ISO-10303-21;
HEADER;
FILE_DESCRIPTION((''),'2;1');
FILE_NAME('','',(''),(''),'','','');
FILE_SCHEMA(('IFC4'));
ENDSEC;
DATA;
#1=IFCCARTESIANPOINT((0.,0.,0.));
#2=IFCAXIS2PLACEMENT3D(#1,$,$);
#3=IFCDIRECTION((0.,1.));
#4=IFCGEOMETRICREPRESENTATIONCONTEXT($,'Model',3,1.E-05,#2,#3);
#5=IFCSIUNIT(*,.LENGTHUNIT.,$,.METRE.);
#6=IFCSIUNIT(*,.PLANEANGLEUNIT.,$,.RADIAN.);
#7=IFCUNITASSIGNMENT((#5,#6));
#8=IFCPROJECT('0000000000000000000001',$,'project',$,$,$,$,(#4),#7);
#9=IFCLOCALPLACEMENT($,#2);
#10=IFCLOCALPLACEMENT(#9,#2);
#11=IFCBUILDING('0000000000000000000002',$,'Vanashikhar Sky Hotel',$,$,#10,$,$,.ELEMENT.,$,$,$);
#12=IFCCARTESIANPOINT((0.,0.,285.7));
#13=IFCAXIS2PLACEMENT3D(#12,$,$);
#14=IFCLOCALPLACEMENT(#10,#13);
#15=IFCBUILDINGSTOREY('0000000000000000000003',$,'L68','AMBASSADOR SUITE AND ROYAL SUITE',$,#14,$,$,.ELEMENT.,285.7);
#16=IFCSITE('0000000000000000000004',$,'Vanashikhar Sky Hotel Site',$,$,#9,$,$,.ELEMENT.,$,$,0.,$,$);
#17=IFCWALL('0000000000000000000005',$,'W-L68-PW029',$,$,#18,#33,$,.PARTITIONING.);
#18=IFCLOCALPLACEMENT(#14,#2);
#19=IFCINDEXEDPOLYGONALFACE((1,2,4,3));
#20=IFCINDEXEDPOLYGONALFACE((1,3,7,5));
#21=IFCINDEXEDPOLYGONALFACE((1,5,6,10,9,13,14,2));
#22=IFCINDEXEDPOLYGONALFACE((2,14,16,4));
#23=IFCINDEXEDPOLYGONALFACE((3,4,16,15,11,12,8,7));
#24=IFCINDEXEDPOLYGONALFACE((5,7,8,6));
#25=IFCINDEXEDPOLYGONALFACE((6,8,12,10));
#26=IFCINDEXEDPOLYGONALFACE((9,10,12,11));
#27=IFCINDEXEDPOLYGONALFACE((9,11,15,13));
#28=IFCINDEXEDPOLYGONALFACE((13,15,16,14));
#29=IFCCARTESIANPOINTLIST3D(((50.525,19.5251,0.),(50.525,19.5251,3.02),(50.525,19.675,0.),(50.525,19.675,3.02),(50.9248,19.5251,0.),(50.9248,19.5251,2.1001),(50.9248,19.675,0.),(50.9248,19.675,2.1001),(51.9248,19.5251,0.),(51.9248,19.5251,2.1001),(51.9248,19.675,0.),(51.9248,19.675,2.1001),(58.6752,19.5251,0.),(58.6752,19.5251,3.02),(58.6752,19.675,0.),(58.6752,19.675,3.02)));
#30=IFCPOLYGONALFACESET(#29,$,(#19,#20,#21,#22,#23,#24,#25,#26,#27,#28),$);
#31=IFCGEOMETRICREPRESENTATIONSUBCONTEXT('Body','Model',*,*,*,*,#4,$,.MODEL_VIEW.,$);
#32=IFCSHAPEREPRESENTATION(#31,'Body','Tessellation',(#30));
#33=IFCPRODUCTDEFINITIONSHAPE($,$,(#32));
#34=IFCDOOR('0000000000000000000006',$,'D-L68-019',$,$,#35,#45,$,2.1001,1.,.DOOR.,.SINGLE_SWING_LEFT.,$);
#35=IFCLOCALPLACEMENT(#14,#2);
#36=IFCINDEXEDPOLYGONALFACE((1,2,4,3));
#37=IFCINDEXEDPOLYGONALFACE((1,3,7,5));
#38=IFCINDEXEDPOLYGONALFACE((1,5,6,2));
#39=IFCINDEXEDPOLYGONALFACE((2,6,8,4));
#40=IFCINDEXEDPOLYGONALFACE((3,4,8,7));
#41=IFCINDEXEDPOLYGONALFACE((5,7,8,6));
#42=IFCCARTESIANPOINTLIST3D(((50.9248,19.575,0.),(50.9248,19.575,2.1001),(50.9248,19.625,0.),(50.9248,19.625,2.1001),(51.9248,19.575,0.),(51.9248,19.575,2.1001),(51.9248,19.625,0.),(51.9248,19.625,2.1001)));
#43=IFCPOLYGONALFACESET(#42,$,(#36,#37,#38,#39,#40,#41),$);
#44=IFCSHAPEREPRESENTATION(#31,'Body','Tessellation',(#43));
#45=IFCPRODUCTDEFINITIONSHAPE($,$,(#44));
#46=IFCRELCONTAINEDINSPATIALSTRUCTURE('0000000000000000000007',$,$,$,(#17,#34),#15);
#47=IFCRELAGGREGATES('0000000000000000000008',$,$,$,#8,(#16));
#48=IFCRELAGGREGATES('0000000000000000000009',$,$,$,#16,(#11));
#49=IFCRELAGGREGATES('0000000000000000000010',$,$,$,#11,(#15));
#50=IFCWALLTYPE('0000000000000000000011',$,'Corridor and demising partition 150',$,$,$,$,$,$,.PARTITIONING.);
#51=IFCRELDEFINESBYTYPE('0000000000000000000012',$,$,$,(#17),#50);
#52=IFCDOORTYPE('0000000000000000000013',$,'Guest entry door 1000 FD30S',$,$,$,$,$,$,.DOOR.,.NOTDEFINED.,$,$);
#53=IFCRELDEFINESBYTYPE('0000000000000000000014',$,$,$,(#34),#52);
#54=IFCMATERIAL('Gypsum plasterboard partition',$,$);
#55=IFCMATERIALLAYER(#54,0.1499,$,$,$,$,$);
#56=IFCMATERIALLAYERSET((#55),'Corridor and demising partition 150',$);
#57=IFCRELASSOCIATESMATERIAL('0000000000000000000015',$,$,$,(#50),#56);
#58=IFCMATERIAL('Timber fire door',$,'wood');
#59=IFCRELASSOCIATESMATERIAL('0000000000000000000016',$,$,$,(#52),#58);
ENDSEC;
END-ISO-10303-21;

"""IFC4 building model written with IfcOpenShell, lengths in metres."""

from ifc_helpers import new_model, si_unit, direction, frame, frame_2d, origin, place, context, subcontext, project, spatial, rectangle, extrude, source, transform, mapped, material, layer, layer_set, type_object, element, fill, save


model = new_model("IFC4")

# Units and contexts
model_context = context("Model", 3, precision=1e-05, world=origin(), true_north=direction((0.0, 1.0)))
body_context = subcontext(model_context, "Body", "Model", "MODEL_VIEW")
ifc_project = project(units=[si_unit("LENGTHUNIT", "METRE"), si_unit("PLANEANGLEUNIT", "RADIAN")], contexts=[model_context])

# Site, building, storey
site_placement = place(None, origin())
site = spatial("IfcSite", under=ifc_project, at=site_placement, Name="Vanashikhar Sky Hotel Site", CompositionType="ELEMENT", RefElevation=0.0)
building_placement = place(site_placement, origin())
building = spatial("IfcBuilding", under=site, at=building_placement, Name="Vanashikhar Sky Hotel", CompositionType="ELEMENT")
storey_placement = place(building_placement, frame((0.0, 0.0, 285.7)))
storey = spatial("IfcBuildingStorey", under=building, at=storey_placement, Name="L68", Description="AMBASSADOR SUITE AND ROYAL SUITE", CompositionType="ELEMENT", Elevation=285.7)

# Shared definitions
ifc_material_1 = material(Name="Gypsum plasterboard partition")

# Wall, opening, door
ifc_layer_1 = layer(ifc_material_1, 0.1499)
ifc_layer_set_1 = layer_set([ifc_layer_1], Name="Corridor and demising partition 150")
wall_type_1 = type_object("IfcWallType", Name="Corridor and demising partition 150", PredefinedType="PARTITIONING", material=ifc_layer_set_1)
shared_shape_1 = source(origin(), body_context, "Body", "SweptSolid", [
    extrude(rectangle(XDim=8.1501, YDim=0.1499, at=frame_2d((4.0752, 0.0))), origin(), (0.0, 0.0, 1.0), 3.02),
])
wall_1_placement = place(storey_placement, frame((50.5249, 19.6001, 0.0), z_axis=(0.0, 0.0, 1.0), x_axis=(1.0, 0.0, 0.0)))
wall_1 = element("IfcWall", 1, at=wall_1_placement, inside=storey, type_object=wall_type_1, Name="W-L68-PW029", PredefinedType="PARTITIONING", context=body_context, shape_type="MappedRepresentation", body=[
    mapped(shared_shape_1, transform((0.0, 0.0, 0.0), scale=1.0)),
])
shared_shape_2 = source(origin(), body_context, "Body", "SweptSolid", [
    extrude(rectangle(XDim=1.0, YDim=2.1001, at=frame_2d((0.5, 1.05))), frame((0.0, 0.085, 0.0), z_axis=(0.0, -1.0, 0.0), x_axis=(1.0, 0.0, 0.0)), (0.0, 0.0, 1.0), 0.1699),
])
opening_1_placement = place(wall_1_placement, frame((0.3999, 0.0, 0.0)))
opening_1 = element("IfcOpeningElement", 2, at=opening_1_placement, cuts=wall_1, PredefinedType="OPENING", context=body_context, shape_type="MappedRepresentation", body=[
    mapped(shared_shape_2, transform((0.0, 0.0, 0.0), scale=1.0)),
])
ifc_material_2 = material(Name="Timber fire door", Category="wood")
door_type_1 = type_object("IfcDoorType", Name="Guest entry door 1000 FD30S", OperationType="NOTDEFINED", PredefinedType="DOOR", material=ifc_material_2)
shared_shape_3 = source(origin(), body_context, "Body", "SweptSolid", [
    extrude(rectangle(XDim=1.0, YDim=2.1001, at=frame_2d((0.5, 1.05))), frame((0.0, 0.0249, 0.0), z_axis=(0.0, -1.0, 0.0), x_axis=(1.0, 0.0, 0.0)), (0.0, 0.0, 1.0), 0.05),
])
door_1_placement = place(opening_1_placement, origin())
door_1 = element("IfcDoor", 3, at=door_1_placement, inside=storey, type_object=door_type_1, Name="D-L68-019", OperationType="SINGLE_SWING_LEFT", OverallHeight=2.1001, OverallWidth=1.0, PredefinedType="DOOR", context=body_context, shape_type="MappedRepresentation", body=[
    mapped(shared_shape_3, transform((0.0, 0.0, 0.0), scale=1.0)),
])
fill(opening_1, door_1)

save(model, "model.ifc")
